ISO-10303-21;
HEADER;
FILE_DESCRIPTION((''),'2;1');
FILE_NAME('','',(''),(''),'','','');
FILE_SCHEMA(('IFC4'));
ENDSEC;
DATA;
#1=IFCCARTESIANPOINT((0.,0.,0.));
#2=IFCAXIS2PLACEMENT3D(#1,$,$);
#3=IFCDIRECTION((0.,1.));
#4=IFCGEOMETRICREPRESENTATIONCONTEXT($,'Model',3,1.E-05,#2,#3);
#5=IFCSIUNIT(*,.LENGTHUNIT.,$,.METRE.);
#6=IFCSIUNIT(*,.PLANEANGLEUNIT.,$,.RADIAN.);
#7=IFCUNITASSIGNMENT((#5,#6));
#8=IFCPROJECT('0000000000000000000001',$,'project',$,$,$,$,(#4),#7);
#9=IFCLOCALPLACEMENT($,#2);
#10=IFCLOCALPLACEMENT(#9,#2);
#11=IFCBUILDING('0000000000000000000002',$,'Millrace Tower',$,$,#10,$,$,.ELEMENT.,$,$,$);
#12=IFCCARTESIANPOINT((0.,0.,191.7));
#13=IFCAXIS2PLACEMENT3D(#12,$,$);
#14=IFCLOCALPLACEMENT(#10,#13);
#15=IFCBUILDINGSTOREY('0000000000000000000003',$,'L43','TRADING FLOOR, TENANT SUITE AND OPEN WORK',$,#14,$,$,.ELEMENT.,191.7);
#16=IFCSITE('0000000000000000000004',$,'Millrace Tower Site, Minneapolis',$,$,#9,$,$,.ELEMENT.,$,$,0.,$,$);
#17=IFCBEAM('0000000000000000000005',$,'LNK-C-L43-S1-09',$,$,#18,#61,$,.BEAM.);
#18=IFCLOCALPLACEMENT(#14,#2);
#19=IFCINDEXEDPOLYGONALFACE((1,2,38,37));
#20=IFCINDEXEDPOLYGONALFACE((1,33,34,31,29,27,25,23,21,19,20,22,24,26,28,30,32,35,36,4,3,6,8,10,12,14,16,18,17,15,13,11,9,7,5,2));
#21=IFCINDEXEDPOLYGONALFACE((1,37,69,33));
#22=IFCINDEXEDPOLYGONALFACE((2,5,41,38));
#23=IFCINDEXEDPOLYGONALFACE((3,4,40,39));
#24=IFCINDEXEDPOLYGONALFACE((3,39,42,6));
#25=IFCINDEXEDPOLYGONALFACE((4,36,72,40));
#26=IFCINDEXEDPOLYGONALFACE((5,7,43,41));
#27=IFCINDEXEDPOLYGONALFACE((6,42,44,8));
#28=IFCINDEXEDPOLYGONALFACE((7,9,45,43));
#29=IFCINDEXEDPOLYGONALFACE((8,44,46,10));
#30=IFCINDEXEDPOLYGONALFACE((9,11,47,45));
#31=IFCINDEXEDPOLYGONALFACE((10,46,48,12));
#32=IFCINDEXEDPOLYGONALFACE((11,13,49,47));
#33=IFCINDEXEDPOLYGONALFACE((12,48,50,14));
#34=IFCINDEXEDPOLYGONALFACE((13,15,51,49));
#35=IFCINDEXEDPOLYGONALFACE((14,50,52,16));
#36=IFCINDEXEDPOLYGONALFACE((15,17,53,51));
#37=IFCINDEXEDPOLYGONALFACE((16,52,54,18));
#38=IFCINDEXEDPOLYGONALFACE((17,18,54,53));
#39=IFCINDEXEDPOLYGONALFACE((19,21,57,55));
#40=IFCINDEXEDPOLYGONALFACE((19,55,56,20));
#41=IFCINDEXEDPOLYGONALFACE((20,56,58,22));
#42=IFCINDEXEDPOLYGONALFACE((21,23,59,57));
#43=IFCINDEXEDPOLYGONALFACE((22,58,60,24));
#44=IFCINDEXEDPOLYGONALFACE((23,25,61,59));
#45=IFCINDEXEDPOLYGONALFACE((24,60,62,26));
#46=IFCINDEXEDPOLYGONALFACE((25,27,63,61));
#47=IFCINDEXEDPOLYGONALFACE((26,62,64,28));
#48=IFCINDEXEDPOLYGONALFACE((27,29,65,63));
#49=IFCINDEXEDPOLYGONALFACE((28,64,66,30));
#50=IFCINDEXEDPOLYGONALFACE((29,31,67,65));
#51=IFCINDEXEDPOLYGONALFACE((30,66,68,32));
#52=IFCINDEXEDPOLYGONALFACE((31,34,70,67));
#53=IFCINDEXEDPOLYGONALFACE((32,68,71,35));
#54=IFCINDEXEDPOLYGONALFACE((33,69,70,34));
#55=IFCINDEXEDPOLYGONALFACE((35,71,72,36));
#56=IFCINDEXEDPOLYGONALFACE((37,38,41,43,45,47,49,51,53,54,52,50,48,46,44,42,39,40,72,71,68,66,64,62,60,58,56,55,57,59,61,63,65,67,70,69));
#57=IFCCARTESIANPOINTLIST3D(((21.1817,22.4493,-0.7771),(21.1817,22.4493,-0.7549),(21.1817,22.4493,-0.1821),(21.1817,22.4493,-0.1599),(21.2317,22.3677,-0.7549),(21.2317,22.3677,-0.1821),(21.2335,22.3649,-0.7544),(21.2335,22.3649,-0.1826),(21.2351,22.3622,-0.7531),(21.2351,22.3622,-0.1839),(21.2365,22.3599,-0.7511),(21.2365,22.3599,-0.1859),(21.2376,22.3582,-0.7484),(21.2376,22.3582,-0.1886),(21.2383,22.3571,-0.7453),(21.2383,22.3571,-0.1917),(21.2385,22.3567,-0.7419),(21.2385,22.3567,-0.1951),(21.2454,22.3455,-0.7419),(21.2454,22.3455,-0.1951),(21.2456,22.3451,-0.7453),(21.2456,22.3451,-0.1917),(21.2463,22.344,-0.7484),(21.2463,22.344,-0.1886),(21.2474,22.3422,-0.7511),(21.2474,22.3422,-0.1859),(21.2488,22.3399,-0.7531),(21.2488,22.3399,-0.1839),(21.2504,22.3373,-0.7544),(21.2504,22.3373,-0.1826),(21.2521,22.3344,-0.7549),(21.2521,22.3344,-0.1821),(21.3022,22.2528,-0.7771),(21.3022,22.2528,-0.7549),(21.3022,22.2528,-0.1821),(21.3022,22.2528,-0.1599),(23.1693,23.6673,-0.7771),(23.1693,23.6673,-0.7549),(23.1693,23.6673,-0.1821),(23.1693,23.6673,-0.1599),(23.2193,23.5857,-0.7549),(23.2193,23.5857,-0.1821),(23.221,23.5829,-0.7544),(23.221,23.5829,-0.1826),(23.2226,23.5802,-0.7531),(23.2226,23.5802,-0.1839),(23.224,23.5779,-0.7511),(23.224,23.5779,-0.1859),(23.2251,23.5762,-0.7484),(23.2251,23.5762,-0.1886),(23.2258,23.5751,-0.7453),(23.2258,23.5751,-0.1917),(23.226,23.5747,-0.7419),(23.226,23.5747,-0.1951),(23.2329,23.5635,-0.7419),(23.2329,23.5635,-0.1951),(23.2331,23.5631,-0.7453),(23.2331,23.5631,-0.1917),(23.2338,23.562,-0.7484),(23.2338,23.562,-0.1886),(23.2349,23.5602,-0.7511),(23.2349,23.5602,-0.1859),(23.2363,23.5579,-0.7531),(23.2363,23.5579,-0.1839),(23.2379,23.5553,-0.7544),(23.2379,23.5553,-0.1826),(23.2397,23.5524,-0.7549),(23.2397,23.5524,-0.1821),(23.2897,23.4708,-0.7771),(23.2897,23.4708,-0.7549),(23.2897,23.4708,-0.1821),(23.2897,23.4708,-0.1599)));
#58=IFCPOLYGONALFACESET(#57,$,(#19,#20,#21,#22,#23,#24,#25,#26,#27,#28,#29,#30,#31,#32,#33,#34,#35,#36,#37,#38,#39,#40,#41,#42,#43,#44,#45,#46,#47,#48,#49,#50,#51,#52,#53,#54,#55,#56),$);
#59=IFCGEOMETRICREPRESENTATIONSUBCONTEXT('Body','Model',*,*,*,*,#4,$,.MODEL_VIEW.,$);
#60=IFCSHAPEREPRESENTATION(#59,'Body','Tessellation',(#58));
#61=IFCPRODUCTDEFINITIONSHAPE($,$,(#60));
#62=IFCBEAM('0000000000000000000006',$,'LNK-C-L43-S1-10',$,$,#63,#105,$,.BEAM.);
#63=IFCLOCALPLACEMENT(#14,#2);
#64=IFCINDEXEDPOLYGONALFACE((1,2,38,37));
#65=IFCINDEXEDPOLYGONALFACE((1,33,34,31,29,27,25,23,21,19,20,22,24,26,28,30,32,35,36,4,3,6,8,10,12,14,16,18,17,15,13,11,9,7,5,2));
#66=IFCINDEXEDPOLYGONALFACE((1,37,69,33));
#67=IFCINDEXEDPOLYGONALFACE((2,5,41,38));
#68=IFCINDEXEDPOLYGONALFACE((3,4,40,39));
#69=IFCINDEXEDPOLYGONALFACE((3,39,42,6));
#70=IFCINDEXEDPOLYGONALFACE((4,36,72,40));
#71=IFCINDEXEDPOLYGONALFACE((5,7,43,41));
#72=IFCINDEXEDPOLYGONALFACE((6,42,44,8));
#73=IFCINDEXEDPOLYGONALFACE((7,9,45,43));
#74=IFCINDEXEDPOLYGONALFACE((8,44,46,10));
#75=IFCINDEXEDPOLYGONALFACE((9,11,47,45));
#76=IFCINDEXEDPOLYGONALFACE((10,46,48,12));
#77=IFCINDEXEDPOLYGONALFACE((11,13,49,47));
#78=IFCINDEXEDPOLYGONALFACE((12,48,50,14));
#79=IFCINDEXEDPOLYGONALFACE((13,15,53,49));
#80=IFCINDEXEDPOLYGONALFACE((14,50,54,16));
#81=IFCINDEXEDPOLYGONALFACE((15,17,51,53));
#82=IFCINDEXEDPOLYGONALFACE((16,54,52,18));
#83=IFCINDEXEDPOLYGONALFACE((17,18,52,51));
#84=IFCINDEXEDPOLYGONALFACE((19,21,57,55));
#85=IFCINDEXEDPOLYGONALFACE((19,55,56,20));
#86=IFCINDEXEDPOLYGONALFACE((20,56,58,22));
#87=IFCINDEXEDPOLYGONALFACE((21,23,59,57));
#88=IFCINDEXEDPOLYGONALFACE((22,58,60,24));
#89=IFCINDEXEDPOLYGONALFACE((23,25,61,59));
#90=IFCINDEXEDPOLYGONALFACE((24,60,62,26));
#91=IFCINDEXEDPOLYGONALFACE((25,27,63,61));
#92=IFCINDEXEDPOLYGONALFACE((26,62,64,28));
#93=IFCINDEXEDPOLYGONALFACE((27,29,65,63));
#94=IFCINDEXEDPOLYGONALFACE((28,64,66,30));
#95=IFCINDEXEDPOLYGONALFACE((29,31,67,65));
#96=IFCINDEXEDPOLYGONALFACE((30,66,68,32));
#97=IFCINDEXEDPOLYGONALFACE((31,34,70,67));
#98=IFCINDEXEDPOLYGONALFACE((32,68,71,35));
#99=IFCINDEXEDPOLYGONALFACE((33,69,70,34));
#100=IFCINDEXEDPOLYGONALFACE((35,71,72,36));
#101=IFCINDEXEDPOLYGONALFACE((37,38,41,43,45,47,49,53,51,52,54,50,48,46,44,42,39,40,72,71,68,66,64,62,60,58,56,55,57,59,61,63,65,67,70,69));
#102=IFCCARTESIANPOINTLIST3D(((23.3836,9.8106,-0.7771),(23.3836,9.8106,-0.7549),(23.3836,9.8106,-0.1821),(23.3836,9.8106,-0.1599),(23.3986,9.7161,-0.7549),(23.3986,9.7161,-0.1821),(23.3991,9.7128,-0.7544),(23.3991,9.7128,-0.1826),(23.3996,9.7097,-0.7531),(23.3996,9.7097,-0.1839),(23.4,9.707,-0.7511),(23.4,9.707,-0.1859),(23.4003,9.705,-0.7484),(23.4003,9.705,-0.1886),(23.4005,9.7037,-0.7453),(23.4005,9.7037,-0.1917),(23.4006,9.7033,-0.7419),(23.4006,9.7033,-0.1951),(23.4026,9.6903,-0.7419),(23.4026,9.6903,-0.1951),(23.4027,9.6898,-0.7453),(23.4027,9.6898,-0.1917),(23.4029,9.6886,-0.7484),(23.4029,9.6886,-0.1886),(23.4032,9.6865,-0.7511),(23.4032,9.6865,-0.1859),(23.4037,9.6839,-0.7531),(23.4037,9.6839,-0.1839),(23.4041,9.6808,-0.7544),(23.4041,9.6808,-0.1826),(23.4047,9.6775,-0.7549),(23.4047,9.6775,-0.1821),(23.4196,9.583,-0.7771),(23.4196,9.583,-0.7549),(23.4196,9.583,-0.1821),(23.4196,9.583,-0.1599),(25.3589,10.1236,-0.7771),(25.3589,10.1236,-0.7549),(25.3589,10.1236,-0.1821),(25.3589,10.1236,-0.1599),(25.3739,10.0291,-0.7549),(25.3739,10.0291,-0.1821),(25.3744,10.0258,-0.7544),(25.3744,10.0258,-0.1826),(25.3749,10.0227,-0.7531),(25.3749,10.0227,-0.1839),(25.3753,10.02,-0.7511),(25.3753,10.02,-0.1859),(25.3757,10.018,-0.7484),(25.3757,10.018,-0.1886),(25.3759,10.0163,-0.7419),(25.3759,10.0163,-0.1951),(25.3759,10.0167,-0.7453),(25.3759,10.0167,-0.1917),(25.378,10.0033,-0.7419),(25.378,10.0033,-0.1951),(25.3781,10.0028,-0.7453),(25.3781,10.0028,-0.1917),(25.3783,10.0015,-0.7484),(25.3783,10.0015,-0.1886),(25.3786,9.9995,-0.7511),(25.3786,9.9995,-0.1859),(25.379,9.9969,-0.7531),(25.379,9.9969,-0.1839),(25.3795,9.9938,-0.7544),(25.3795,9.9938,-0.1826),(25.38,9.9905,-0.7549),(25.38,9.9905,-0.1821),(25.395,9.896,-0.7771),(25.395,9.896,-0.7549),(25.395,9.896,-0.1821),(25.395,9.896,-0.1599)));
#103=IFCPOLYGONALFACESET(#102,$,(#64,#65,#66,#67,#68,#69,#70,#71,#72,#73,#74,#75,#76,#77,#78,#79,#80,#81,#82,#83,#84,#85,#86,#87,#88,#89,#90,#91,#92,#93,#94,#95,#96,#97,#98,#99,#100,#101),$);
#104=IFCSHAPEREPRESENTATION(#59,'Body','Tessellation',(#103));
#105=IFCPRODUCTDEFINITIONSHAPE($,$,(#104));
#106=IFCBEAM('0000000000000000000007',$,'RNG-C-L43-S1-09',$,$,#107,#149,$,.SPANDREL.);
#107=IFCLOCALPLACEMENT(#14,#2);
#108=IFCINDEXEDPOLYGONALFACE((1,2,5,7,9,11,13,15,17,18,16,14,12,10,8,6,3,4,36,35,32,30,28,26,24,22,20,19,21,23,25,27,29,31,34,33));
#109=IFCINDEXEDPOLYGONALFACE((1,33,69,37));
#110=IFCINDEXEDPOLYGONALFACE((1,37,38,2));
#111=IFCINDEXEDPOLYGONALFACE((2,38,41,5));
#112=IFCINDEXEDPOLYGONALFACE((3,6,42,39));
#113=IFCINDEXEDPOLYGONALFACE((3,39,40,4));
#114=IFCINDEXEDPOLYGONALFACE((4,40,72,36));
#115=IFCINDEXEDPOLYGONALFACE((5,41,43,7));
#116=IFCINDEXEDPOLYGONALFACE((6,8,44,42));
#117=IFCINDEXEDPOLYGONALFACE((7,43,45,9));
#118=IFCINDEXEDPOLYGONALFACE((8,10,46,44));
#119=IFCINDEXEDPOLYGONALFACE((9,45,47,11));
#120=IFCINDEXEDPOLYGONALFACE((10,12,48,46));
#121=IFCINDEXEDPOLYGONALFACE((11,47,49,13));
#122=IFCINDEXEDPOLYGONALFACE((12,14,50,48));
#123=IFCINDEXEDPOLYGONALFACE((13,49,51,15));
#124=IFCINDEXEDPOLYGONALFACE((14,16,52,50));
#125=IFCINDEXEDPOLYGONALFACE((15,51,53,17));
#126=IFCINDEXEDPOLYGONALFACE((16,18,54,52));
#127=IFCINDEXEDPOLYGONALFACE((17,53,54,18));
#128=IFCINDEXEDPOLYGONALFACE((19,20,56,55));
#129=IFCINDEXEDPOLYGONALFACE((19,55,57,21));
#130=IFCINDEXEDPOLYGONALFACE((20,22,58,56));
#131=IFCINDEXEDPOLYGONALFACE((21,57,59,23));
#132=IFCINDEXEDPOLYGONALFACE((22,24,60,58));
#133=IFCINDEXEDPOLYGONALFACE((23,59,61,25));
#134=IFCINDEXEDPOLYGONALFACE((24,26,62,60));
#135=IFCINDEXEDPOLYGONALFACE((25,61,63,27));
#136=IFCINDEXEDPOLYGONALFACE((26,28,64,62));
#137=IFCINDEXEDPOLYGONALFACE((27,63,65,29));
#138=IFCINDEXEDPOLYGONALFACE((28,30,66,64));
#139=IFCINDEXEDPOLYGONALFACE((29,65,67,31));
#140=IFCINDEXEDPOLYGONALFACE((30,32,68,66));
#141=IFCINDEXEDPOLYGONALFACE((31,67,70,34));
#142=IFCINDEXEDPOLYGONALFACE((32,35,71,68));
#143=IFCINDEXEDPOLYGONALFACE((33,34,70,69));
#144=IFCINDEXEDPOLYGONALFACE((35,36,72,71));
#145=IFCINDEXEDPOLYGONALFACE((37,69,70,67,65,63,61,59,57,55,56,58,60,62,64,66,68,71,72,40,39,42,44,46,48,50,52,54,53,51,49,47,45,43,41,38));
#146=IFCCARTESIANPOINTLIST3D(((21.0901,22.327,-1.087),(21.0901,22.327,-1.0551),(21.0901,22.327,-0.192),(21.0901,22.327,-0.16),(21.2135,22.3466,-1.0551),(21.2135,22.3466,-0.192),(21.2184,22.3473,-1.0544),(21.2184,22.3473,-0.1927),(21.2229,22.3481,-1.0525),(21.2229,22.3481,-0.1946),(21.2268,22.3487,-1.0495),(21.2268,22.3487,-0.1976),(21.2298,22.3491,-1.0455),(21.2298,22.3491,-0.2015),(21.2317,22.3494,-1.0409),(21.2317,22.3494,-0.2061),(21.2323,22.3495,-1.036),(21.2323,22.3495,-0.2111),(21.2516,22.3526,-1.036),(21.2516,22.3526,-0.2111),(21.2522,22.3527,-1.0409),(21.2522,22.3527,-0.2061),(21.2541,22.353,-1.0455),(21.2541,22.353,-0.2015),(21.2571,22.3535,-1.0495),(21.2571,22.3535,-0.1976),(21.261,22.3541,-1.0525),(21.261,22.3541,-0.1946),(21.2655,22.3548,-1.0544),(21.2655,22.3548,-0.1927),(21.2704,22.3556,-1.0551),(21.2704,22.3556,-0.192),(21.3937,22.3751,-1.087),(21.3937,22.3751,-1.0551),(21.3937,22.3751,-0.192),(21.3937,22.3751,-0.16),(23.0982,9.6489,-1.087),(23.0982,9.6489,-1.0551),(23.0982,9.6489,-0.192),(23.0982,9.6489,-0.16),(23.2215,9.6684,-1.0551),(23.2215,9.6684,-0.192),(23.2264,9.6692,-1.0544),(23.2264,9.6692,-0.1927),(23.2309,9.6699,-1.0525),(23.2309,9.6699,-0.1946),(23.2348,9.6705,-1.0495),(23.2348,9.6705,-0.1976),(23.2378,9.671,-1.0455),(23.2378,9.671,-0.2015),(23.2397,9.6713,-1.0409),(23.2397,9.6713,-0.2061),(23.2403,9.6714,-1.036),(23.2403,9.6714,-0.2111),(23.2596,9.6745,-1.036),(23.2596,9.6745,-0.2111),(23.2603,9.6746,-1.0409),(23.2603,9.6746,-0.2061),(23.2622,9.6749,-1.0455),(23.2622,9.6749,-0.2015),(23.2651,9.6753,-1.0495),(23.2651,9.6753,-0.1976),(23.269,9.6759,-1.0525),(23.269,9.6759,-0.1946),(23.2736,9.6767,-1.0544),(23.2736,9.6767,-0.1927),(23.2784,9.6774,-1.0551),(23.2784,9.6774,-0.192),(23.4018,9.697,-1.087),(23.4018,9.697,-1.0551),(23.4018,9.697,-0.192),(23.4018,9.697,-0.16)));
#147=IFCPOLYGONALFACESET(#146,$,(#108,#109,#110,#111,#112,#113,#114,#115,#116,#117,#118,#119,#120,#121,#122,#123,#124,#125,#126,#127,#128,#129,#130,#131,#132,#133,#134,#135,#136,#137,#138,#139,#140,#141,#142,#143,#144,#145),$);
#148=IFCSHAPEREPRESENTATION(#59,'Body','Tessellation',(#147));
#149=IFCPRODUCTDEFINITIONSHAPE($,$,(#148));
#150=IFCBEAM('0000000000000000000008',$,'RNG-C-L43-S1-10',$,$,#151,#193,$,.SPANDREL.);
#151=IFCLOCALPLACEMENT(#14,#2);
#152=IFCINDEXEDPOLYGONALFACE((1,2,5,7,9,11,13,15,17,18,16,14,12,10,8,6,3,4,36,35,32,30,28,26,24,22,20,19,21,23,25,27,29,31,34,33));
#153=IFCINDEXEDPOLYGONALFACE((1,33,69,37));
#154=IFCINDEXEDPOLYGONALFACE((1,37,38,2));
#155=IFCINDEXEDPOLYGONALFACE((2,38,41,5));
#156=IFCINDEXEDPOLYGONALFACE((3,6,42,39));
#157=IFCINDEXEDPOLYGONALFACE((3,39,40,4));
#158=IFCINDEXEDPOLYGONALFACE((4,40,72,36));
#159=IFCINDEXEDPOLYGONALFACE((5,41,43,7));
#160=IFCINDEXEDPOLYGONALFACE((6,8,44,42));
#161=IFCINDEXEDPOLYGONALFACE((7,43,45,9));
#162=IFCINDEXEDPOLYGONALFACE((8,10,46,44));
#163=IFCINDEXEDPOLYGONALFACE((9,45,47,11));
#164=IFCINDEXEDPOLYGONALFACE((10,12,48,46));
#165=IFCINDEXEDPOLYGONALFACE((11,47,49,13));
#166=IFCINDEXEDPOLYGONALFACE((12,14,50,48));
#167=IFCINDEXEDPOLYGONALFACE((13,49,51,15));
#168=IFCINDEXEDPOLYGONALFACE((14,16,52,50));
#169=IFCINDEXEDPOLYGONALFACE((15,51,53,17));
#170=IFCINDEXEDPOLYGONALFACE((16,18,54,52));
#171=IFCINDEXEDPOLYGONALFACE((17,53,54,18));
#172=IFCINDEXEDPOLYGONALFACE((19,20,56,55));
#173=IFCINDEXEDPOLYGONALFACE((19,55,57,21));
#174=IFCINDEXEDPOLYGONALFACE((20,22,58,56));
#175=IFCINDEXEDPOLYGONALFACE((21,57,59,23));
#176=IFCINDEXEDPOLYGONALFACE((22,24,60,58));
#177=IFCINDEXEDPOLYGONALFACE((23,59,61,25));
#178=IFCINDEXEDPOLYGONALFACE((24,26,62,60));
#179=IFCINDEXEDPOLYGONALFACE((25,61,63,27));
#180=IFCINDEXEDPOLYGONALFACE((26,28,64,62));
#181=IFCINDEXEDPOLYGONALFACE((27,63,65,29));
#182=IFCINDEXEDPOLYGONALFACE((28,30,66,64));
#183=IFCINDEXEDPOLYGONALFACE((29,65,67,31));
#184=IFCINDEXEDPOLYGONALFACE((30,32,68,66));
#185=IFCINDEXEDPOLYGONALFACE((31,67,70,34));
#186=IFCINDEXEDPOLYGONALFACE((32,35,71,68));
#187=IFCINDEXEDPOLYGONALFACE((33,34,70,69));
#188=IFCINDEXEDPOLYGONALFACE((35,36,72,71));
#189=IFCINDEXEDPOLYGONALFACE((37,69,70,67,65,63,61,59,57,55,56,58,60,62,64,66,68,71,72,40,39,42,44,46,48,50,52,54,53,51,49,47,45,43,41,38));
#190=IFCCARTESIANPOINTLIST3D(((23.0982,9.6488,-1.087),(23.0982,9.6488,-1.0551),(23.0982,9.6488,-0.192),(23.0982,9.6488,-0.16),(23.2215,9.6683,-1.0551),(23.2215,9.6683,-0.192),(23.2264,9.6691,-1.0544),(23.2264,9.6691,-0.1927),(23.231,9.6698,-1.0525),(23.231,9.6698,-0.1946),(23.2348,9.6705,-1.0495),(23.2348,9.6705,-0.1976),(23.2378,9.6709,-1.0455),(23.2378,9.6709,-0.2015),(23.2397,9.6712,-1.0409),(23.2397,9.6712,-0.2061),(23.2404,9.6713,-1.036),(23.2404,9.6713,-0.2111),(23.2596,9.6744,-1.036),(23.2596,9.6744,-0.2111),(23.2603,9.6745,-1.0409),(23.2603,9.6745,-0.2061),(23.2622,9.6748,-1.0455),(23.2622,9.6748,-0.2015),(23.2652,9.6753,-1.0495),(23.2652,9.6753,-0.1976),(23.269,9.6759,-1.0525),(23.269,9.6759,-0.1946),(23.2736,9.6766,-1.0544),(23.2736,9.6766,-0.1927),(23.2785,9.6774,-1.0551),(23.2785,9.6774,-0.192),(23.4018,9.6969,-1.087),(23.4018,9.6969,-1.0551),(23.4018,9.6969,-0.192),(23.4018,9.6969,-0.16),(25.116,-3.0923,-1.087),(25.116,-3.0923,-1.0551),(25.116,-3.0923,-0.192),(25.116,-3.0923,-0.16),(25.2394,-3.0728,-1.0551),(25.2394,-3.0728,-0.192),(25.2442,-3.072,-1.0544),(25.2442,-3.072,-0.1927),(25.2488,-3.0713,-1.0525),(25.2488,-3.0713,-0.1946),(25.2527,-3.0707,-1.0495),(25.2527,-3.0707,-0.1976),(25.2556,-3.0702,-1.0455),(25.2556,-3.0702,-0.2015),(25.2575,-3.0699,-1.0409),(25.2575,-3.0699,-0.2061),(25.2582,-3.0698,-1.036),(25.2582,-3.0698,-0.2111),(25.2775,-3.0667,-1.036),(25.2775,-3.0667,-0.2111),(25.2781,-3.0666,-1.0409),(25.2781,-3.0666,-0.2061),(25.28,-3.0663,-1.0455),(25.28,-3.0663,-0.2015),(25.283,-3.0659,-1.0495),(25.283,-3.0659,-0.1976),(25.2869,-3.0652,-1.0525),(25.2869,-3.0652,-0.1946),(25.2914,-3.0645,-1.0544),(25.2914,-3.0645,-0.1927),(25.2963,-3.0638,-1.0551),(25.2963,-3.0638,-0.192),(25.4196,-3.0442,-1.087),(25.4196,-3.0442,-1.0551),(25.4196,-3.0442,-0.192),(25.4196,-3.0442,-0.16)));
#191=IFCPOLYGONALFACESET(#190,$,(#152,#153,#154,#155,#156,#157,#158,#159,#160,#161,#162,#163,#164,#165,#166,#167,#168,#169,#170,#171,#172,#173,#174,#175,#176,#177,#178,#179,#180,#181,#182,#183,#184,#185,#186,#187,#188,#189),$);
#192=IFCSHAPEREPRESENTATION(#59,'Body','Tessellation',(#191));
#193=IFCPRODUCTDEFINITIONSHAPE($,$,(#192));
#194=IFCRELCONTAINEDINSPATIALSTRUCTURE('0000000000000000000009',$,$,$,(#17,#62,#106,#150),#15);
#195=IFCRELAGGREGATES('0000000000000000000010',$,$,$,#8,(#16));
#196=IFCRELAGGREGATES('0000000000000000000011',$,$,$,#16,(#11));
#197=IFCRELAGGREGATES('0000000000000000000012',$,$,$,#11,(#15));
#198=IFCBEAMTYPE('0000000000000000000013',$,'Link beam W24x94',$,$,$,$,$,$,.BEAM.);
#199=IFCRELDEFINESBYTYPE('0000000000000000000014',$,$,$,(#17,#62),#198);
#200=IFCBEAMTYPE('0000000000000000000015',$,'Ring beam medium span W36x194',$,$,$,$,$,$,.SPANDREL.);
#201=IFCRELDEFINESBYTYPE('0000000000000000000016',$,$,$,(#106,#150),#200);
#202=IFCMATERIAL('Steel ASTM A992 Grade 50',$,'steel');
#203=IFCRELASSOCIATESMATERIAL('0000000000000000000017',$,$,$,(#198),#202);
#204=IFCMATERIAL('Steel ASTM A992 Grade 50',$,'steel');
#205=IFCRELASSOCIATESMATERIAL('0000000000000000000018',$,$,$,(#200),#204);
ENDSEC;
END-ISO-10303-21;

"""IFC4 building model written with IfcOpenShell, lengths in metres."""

from ifc_helpers import new_model, si_unit, direction, frame, origin, origin_2d, place, context, subcontext, project, spatial, i_section, extrude, material, material_profile, profile_set, type_object, element, save


model = new_model("IFC4")

# Units and contexts
model_context = context("Model", 3, precision=1e-05, world=origin(), true_north=direction((0.0, 1.0)))
body_context = subcontext(model_context, "Body", "Model", "MODEL_VIEW")
ifc_project = project(units=[si_unit("LENGTHUNIT", "METRE"), si_unit("PLANEANGLEUNIT", "RADIAN")], contexts=[model_context])

# Site, building, storey
site_placement = place(None, origin())
site = spatial("IfcSite", under=ifc_project, at=site_placement, Name="Millrace Tower Site, Minneapolis", CompositionType="ELEMENT", RefElevation=0.0)
building_placement = place(site_placement, origin())
building = spatial("IfcBuilding", under=site, at=building_placement, Name="Millrace Tower", CompositionType="ELEMENT")
storey_placement = place(building_placement, frame((0.0, 0.0, 191.7)))
storey = spatial("IfcBuildingStorey", under=building, at=storey_placement, Name="L43", Description="TRADING FLOOR, TENANT SUITE AND OPEN WORK", CompositionType="ELEMENT", Elevation=191.7)

# Beams
ifc_material_1 = material(Name="Steel ASTM A992 Grade 50", Category="steel")
ifc_material_profile_1 = material_profile(ifc_material_1, i_section(OverallWidth=0.2305, OverallDepth=0.6172, WebThickness=0.0132, FlangeThickness=0.0222, FilletRadius=0.0129, at=origin_2d()))
ifc_profile_set_1 = profile_set([ifc_material_profile_1], Name="Steel ASTM A992 Grade 50")
beam_type_1 = type_object("IfcBeamType", Name="Link beam W24x94", PredefinedType="BEAM", material=ifc_profile_set_1)
beam_1_placement = place(storey_placement, frame((21.2419, 22.3511, -0.4685), z_axis=(0.852631, 0.522513, 0.0), x_axis=(-0.522513, 0.852631, 0.0)))
element("IfcBeam", 1, at=beam_1_placement, inside=storey, type_object=beam_type_1, Name="LNK-C-L43-S1-09", PredefinedType="BEAM", context=body_context, shape_type="SweptSolid", body=[
    extrude(i_section(OverallWidth=0.2305, OverallDepth=0.6172, WebThickness=0.0132, FlangeThickness=0.0222, FilletRadius=0.0129, at=origin_2d()), origin(), (0.0, 0.0, 1.0), 2.3311),
])
beam_2_placement = place(storey_placement, frame((23.4016, 9.6968, -0.4685), z_axis=(0.987679, 0.156495, 0.0), x_axis=(-0.156495, 0.987679, 0.0)))
element("IfcBeam", 2, at=beam_2_placement, inside=storey, type_object=beam_type_1, Name="LNK-C-L43-S1-10", PredefinedType="BEAM", context=body_context, shape_type="SweptSolid", body=[
    extrude(i_section(OverallWidth=0.2305, OverallDepth=0.6172, WebThickness=0.0132, FlangeThickness=0.0222, FilletRadius=0.0129, at=origin_2d()), origin(), (0.0, 0.0, 1.0), 2.0),
])
ifc_material_2 = material(Name="Steel ASTM A992 Grade 50", Category="steel")
ifc_material_profile_2 = material_profile(ifc_material_2, i_section(OverallWidth=0.3074, OverallDepth=0.927, WebThickness=0.0195, FlangeThickness=0.032, FilletRadius=0.019, at=origin_2d()))
ifc_profile_set_2 = profile_set([ifc_material_profile_2], Name="Steel ASTM A992 Grade 50")
beam_type_2 = type_object("IfcBeamType", Name="Ring beam medium span W36x194", PredefinedType="SPANDREL", material=ifc_profile_set_2)
beam_3_placement = place(storey_placement, frame((21.2419, 22.3511, -0.6235), z_axis=(0.156436, -0.987688, 0.0), x_axis=(0.987688, 0.156436, 0.0)))
element("IfcBeam", 3, at=beam_3_placement, inside=storey, type_object=beam_type_2, Name="RNG-C-L43-S1-09", PredefinedType="SPANDREL", context=body_context, shape_type="SweptSolid", body=[
    extrude(i_section(OverallWidth=0.3074, OverallDepth=0.927, WebThickness=0.0195, FlangeThickness=0.032, FilletRadius=0.019, at=origin_2d()), origin(), (0.0, 0.0, 1.0), 12.8362),
])
beam_4_placement = place(storey_placement, frame((23.25, 9.6729, -0.6235), z_axis=(0.15642, -0.987691, 0.0), x_axis=(0.987691, 0.15642, 0.0)))
element("IfcBeam", 4, at=beam_4_placement, inside=storey, type_object=beam_type_2, Name="RNG-C-L43-S1-10", PredefinedType="SPANDREL", context=body_context, shape_type="SweptSolid", body=[
    extrude(i_section(OverallWidth=0.3074, OverallDepth=0.927, WebThickness=0.0195, FlangeThickness=0.032, FilletRadius=0.019, at=origin_2d()), origin(), (0.0, 0.0, 1.0), 12.8999),
])

save(model, "model.ifc")
